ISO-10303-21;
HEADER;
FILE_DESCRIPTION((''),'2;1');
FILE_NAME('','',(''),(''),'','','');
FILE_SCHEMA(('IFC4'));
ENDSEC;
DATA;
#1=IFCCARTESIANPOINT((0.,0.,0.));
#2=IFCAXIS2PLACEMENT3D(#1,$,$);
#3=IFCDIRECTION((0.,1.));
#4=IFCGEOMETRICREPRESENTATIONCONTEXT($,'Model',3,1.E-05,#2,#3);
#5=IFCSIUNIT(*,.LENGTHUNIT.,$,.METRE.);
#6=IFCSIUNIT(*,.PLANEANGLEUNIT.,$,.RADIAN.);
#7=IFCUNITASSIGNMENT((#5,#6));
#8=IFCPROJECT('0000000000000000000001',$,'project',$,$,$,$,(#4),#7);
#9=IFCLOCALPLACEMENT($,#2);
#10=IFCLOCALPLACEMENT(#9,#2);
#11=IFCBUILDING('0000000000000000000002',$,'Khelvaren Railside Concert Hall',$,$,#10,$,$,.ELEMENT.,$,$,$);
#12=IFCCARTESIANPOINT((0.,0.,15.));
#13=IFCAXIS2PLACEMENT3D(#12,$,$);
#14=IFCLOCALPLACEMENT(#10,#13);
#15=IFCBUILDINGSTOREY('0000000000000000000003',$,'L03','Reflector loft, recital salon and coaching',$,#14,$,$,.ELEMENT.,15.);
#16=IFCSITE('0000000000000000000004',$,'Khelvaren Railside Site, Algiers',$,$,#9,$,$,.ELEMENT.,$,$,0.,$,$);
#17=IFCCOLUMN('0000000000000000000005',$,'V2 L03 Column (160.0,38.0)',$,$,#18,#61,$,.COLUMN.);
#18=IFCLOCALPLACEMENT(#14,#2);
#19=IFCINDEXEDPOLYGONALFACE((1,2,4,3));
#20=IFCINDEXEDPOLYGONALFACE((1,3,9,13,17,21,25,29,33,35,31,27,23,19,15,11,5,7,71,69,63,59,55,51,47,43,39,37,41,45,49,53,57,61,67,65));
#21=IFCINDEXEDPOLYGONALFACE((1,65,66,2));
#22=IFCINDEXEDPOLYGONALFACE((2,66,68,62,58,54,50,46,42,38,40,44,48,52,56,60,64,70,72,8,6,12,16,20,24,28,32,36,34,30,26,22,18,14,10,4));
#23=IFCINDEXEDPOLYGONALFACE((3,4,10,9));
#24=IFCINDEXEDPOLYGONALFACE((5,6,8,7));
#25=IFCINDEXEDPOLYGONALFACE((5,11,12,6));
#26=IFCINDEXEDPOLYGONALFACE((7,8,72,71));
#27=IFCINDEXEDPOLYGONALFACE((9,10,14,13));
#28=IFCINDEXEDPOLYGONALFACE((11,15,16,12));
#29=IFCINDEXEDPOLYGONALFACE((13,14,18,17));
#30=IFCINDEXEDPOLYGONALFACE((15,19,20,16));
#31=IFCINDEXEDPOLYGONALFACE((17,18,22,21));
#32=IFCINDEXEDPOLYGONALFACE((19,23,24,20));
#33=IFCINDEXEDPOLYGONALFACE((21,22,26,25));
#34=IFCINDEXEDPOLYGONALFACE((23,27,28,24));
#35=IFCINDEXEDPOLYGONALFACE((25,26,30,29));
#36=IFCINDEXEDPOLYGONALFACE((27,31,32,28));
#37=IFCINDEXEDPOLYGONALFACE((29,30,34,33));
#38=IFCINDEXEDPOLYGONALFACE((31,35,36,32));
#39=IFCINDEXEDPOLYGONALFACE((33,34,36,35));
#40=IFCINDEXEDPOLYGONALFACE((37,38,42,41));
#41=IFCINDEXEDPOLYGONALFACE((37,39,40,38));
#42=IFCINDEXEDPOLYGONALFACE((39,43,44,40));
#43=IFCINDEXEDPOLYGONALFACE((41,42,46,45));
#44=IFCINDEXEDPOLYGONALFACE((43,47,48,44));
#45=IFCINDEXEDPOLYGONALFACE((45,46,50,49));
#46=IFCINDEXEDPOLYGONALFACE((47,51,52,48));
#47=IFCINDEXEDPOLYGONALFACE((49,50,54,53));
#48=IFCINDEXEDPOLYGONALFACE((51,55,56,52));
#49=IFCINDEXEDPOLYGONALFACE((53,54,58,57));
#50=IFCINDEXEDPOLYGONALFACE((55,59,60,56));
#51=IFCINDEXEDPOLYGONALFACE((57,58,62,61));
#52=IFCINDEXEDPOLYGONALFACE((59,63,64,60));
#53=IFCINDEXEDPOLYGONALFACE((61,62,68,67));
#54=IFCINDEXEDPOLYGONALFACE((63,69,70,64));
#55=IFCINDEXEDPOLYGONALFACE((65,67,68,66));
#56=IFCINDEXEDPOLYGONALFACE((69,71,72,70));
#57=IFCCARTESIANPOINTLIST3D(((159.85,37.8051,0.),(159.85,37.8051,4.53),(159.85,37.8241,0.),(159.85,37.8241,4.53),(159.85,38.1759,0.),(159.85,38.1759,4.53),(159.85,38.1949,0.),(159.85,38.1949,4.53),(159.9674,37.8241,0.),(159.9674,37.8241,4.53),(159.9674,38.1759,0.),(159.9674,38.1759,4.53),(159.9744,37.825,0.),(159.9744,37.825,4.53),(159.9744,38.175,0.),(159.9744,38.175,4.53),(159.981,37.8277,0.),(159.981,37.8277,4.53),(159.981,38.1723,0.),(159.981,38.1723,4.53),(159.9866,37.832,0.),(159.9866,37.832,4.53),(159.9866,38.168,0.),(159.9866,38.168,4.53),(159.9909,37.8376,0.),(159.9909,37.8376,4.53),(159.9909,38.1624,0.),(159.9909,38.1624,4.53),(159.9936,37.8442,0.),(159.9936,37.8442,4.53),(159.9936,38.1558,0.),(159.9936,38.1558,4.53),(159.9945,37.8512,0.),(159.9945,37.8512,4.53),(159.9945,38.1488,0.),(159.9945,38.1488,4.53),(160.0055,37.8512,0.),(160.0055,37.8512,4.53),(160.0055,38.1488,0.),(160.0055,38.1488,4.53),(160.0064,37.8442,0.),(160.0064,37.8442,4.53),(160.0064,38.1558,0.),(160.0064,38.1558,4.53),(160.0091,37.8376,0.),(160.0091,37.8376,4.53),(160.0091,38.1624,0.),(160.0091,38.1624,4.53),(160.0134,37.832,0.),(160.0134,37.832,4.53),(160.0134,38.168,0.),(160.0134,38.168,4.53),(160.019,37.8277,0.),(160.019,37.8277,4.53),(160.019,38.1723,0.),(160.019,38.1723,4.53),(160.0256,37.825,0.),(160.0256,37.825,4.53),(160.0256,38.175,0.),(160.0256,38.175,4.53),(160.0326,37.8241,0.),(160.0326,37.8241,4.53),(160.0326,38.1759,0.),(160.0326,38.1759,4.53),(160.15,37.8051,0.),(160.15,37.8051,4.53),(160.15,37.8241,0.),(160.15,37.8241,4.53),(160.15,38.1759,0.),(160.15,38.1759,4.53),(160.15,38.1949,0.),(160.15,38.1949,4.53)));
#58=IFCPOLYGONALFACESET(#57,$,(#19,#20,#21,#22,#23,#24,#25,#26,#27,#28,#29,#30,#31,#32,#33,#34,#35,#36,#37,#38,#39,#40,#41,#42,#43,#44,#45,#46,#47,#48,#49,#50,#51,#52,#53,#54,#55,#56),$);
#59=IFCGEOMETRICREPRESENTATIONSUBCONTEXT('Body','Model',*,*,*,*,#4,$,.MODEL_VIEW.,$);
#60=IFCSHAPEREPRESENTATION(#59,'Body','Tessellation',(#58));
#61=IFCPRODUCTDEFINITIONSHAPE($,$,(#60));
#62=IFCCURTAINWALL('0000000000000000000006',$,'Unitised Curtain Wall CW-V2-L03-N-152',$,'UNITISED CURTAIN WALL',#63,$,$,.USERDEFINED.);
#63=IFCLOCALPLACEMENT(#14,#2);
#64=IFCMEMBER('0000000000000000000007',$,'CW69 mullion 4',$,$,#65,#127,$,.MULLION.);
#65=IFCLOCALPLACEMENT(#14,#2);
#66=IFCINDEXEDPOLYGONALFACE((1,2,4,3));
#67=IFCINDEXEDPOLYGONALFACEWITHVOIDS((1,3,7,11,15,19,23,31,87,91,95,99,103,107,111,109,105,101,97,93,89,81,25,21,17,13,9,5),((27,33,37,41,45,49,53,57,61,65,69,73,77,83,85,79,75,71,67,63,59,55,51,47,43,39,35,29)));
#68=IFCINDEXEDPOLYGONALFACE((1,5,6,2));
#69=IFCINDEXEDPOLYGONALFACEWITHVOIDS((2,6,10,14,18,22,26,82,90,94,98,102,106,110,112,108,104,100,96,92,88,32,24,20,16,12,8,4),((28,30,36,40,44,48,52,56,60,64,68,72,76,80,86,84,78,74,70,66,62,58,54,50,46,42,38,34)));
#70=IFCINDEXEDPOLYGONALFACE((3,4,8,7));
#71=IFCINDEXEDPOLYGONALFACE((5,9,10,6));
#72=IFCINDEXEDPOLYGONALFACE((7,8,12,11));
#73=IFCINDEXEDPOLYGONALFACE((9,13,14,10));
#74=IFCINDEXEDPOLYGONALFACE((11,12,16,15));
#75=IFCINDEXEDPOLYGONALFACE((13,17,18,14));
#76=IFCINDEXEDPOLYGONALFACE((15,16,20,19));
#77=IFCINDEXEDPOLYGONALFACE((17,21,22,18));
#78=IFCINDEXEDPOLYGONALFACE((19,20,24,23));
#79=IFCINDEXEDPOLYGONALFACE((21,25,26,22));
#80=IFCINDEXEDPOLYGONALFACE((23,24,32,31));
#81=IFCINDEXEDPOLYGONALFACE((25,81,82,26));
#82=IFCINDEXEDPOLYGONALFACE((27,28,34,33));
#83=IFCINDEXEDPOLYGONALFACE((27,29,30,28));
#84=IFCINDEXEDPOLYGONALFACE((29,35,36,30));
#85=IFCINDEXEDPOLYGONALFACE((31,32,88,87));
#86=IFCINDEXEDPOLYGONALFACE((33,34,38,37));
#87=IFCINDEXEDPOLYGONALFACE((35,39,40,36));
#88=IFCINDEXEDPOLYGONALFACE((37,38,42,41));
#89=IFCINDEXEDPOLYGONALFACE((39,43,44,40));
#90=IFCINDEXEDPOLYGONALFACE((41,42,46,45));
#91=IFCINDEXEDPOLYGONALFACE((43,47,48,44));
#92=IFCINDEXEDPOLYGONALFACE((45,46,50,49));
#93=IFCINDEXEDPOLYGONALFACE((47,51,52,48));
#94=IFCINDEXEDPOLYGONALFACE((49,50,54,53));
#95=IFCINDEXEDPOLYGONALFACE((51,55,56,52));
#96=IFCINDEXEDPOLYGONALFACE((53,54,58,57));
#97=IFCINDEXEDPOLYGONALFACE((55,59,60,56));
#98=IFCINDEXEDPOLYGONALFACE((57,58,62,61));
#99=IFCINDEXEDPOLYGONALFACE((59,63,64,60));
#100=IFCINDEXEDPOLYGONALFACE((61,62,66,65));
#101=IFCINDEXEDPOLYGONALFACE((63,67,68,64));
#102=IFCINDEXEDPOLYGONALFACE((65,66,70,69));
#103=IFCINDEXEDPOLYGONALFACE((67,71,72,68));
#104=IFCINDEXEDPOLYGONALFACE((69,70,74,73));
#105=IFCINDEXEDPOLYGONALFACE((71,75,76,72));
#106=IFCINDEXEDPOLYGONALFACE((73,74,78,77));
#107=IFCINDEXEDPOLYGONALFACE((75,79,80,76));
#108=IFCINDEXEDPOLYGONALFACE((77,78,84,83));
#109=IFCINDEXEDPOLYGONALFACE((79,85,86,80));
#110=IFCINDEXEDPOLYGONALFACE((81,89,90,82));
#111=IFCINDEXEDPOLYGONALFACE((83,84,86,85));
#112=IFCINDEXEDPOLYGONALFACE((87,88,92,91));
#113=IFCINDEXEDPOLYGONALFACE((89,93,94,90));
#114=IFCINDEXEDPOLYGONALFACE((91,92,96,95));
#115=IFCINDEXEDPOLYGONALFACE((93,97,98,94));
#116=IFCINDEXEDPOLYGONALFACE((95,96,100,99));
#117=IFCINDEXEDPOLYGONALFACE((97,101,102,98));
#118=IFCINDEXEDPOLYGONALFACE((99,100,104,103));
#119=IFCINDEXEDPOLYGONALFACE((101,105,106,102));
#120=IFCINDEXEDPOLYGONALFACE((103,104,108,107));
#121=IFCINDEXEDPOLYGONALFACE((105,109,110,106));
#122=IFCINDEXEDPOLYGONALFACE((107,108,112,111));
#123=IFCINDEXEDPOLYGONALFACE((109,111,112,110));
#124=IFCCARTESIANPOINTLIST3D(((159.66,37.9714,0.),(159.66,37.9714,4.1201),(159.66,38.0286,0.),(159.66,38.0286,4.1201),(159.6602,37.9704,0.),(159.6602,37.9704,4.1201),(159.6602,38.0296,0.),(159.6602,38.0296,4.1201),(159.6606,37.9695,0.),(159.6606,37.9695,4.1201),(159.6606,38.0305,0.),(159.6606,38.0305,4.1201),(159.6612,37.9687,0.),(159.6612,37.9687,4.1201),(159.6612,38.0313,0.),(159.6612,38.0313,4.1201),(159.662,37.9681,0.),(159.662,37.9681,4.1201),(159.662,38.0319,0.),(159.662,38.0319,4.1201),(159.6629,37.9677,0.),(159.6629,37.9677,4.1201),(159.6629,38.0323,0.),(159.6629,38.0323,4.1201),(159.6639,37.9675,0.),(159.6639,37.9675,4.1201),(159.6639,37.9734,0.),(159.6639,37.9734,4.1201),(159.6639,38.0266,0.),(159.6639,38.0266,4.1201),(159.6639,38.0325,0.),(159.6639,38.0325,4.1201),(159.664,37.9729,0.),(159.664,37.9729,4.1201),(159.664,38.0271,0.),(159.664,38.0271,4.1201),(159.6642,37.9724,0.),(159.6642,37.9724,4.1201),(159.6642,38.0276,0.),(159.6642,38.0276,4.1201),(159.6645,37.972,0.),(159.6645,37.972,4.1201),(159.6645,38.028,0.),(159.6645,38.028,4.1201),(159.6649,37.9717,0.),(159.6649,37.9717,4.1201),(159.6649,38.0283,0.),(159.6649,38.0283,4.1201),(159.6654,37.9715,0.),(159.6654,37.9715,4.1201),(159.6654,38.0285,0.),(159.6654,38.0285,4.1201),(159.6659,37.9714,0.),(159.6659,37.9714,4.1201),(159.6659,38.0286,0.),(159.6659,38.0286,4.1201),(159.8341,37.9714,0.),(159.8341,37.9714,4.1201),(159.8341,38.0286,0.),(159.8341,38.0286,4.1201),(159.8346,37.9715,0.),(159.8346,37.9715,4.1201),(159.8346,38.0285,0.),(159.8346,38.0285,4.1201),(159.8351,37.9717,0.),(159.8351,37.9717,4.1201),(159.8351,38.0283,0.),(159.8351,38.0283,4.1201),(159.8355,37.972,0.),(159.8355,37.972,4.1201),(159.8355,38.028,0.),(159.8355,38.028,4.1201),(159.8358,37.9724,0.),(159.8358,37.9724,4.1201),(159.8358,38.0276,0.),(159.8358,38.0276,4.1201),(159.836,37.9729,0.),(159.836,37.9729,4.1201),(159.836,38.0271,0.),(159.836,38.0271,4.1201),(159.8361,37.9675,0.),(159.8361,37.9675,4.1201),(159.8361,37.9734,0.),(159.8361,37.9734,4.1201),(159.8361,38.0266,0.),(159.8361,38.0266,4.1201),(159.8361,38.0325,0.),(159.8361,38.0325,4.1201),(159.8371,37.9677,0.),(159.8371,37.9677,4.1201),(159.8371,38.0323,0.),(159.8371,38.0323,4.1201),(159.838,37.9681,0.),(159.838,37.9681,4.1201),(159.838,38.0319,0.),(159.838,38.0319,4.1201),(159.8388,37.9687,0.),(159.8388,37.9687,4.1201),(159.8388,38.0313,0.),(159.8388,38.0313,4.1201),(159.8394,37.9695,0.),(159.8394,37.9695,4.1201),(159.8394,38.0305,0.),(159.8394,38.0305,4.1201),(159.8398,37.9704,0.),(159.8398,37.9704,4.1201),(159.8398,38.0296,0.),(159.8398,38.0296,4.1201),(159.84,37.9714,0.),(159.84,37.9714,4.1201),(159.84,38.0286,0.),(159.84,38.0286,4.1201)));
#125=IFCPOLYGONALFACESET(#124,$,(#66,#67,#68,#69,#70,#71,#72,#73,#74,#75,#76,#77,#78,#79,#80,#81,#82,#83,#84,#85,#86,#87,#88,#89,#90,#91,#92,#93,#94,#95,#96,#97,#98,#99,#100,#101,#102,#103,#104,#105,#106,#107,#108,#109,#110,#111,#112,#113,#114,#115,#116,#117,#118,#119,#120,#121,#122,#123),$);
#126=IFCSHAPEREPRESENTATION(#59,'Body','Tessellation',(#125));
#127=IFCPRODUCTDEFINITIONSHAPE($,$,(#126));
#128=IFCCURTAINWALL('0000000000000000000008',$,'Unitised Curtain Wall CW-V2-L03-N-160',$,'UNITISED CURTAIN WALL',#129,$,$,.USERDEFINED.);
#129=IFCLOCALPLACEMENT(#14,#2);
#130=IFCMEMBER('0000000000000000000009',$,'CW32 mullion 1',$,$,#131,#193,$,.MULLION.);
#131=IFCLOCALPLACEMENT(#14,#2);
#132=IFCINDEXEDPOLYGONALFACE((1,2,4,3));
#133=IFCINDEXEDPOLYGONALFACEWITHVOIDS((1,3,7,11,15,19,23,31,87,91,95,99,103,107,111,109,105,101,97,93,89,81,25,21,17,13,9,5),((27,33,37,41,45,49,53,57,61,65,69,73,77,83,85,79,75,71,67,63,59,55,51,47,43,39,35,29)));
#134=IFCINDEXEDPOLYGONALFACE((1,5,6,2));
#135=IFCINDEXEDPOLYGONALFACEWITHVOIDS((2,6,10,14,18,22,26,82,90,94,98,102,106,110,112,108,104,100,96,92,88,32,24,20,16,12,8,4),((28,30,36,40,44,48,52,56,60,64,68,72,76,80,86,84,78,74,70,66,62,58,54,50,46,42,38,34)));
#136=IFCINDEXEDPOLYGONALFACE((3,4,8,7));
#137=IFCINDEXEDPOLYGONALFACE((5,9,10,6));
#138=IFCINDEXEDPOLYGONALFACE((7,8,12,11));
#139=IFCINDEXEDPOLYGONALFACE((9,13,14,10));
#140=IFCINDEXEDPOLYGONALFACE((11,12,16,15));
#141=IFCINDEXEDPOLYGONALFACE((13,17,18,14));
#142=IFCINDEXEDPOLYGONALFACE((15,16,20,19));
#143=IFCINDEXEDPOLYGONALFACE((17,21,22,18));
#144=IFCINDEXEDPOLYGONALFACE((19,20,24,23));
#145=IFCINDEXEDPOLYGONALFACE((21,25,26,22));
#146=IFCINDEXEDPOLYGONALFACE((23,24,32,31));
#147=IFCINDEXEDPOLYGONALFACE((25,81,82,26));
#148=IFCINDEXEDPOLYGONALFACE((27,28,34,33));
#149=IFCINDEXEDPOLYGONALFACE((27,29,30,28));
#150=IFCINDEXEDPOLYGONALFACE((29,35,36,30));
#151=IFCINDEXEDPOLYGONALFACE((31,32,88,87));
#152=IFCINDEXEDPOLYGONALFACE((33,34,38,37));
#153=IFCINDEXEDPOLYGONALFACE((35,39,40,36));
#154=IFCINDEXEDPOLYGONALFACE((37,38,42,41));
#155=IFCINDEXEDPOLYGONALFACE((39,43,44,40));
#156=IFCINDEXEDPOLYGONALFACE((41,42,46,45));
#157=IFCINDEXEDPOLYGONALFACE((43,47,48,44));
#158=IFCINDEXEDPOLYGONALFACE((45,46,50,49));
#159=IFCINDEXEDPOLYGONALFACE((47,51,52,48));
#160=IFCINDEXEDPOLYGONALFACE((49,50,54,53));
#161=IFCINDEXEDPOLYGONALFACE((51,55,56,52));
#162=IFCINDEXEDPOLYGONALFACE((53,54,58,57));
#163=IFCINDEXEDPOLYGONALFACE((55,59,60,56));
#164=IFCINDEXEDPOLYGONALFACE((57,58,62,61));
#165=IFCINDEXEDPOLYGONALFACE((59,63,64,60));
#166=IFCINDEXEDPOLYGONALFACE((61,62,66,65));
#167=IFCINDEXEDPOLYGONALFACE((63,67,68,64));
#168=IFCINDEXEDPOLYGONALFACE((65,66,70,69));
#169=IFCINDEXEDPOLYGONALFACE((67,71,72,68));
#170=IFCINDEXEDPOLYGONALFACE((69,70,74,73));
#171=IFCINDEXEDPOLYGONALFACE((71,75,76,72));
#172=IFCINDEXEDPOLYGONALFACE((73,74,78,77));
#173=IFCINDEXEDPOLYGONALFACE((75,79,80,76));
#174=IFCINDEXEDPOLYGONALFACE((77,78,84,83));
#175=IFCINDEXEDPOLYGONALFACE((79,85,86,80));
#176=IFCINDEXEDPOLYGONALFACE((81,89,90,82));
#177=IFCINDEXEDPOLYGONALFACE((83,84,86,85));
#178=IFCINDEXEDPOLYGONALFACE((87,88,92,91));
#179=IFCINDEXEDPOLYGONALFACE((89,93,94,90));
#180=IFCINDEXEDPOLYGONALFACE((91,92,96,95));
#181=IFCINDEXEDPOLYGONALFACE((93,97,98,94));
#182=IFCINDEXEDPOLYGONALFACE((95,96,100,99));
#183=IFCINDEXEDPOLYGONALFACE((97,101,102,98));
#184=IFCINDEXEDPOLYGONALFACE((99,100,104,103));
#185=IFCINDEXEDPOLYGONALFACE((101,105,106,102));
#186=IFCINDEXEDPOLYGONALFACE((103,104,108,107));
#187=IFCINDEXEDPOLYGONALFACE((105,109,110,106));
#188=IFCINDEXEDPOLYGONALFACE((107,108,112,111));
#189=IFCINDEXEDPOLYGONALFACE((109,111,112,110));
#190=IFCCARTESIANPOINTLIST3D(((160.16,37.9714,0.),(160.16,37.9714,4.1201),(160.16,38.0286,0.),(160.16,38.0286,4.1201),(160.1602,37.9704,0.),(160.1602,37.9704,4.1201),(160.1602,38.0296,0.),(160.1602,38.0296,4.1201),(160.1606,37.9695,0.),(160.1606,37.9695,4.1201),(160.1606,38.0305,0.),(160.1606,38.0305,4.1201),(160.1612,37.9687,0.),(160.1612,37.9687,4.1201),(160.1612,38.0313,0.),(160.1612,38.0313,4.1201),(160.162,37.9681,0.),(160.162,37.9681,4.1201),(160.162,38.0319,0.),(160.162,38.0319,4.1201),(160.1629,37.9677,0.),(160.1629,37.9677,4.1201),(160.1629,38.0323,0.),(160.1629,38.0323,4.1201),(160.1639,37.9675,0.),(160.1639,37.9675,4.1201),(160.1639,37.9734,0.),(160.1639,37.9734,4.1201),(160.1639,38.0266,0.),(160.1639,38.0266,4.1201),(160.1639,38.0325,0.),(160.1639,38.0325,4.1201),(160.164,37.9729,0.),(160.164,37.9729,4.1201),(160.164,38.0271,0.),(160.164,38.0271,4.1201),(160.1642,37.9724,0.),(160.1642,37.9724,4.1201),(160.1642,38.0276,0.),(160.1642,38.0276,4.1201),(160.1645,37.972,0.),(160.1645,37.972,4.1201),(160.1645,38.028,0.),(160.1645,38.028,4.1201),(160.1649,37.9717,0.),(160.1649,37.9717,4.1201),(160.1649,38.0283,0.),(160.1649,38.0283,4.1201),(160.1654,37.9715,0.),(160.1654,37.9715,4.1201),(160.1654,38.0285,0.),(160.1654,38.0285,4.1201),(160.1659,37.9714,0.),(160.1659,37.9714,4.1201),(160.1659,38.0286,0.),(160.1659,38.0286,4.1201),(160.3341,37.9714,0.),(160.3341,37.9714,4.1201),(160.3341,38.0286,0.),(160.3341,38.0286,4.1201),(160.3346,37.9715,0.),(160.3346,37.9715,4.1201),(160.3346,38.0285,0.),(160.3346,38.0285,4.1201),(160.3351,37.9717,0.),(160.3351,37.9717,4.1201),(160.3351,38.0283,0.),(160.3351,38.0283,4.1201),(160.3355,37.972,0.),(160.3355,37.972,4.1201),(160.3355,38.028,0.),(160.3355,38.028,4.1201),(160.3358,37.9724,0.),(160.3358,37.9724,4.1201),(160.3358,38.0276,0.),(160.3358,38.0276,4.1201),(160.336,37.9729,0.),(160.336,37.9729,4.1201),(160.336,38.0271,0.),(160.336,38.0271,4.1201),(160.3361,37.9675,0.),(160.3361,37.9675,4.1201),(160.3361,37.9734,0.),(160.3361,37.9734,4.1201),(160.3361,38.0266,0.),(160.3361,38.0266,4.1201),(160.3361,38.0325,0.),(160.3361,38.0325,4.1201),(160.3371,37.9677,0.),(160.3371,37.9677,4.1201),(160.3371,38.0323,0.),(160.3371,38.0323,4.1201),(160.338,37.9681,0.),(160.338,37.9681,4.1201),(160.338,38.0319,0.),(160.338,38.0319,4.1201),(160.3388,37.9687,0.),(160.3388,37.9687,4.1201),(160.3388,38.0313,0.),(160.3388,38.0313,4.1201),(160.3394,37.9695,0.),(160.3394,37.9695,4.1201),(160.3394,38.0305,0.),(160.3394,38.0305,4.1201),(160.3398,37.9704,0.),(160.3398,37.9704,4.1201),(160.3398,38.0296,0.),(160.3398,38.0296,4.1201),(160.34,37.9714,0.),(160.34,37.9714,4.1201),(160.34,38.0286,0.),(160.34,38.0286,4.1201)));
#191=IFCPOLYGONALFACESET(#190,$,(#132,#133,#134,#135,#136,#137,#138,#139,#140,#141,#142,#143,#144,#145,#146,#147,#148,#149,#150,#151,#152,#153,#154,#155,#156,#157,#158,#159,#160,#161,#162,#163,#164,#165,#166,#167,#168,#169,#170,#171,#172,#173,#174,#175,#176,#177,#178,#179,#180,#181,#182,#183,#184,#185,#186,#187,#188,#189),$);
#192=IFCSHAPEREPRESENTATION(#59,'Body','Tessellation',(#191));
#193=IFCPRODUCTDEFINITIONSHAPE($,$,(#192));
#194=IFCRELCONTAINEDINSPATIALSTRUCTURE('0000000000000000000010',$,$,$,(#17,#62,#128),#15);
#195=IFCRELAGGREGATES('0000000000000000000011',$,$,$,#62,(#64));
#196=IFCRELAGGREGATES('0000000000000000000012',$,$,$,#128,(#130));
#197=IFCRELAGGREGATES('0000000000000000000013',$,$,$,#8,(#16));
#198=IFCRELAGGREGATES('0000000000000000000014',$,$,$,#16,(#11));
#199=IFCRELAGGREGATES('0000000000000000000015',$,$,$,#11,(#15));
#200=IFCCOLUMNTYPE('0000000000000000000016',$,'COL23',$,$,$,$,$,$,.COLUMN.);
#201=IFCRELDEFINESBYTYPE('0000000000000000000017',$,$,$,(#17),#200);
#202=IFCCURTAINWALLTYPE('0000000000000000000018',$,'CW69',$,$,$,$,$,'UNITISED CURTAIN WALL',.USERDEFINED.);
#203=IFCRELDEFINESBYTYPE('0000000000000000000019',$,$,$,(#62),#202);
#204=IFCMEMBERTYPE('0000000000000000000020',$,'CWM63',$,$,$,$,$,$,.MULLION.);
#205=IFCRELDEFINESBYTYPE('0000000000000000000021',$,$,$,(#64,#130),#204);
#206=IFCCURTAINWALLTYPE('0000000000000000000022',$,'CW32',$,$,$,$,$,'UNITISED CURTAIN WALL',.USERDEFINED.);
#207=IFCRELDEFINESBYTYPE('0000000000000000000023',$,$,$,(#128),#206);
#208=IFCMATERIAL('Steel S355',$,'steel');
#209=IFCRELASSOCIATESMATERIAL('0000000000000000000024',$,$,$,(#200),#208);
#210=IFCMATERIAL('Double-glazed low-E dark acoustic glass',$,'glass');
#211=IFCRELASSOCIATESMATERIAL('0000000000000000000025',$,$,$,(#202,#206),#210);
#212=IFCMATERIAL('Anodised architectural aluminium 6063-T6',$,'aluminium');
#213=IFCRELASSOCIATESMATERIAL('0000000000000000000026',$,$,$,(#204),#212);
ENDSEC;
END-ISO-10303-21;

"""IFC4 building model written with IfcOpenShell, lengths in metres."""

from ifc_helpers import new_model, si_unit, direction, frame, origin, origin_2d, place, context, subcontext, project, spatial, hollow_rectangle, i_section, extrude, material, material_profile, profile_set, type_object, element, aggregate, save


model = new_model("IFC4")

# Units and contexts
model_context = context("Model", 3, precision=1e-05, world=origin(), true_north=direction((0.0, 1.0)))
body_context = subcontext(model_context, "Body", "Model", "MODEL_VIEW")
ifc_project = project(units=[si_unit("LENGTHUNIT", "METRE"), si_unit("PLANEANGLEUNIT", "RADIAN")], contexts=[model_context])

# Site, building, storey
site_placement = place(None, origin())
site = spatial("IfcSite", under=ifc_project, at=site_placement, Name="Khelvaren Railside Site, Algiers", CompositionType="ELEMENT", RefElevation=0.0)
building_placement = place(site_placement, origin())
building = spatial("IfcBuilding", under=site, at=building_placement, Name="Khelvaren Railside Concert Hall", CompositionType="ELEMENT")
storey_placement = place(building_placement, frame((0.0, 0.0, 15.0)))
storey = spatial("IfcBuildingStorey", under=building, at=storey_placement, Name="L03", Description="Reflector loft, recital salon and coaching", CompositionType="ELEMENT", Elevation=15.0)

# Column
ifc_material_1 = material(Name="Steel S355", Category="steel")
ifc_material_profile_1 = material_profile(ifc_material_1, i_section(OverallWidth=0.3, OverallDepth=0.3899, WebThickness=0.011, FlangeThickness=0.019, FilletRadius=0.0271, at=origin_2d()), Name="HEA 400")
ifc_profile_set_1 = profile_set([ifc_material_profile_1], Name="Steel S355")
column_type = type_object("IfcColumnType", Name="COL23", PredefinedType="COLUMN", material=ifc_profile_set_1)
column_placement = place(storey_placement, frame((160.0, 38.0, 0.0), z_axis=(0.0, 0.0, 1.0), x_axis=(1.0, 0.0, 0.0)))
element("IfcColumn", 1, at=column_placement, inside=storey, type_object=column_type, Name="V2 L03 Column (160.0,38.0)", PredefinedType="COLUMN", context=body_context, shape_type="SweptSolid", body=[
    extrude(i_section(OverallWidth=0.3, OverallDepth=0.3899, WebThickness=0.011, FlangeThickness=0.019, FilletRadius=0.0271, at=origin_2d()), origin(), (0.0, 0.0, 1.0), 4.53),
])

# Curtain wall, member
ifc_material_2 = material(Name="Double-glazed low-E dark acoustic glass", Category="glass")
curtain_wall_type_1 = type_object("IfcCurtainWallType", Name="CW69", ElementType="UNITISED CURTAIN WALL", PredefinedType="USERDEFINED", material=ifc_material_2)
curtain_wall_1_placement = place(storey_placement, origin())
curtain_wall_1 = element("IfcCurtainWall", 2, at=curtain_wall_1_placement, inside=storey, type_object=curtain_wall_type_1, Name="Unitised Curtain Wall CW-V2-L03-N-152", ObjectType="UNITISED CURTAIN WALL", PredefinedType="USERDEFINED")
ifc_material_3 = material(Name="Anodised architectural aluminium 6063-T6", Category="aluminium")
ifc_material_profile_2 = material_profile(ifc_material_3, hollow_rectangle(XDim=0.0649, YDim=0.1799, WallThickness=0.0039, InnerFilletRadius=0.002, OuterFilletRadius=0.0039, at=origin_2d()), Name="CWM 65x180x4")
ifc_profile_set_2 = profile_set([ifc_material_profile_2], Name="Anodised architectural aluminium 6063-T6")
member_type_1 = type_object("IfcMemberType", Name="CWM63", PredefinedType="MULLION", material=ifc_profile_set_2)
member_1_placement = place(storey_placement, frame((159.75, 38.0, 0.0), z_axis=(0.0, 0.0, 1.0), x_axis=(0.0, 1.0, 0.0)))
member_1 = element("IfcMember", 3, at=member_1_placement, type_object=member_type_1, Name="CW69 mullion 4", PredefinedType="MULLION", context=body_context, shape_type="SweptSolid", body=[
    extrude(hollow_rectangle(XDim=0.0649, YDim=0.1799, WallThickness=0.0039, InnerFilletRadius=0.002, OuterFilletRadius=0.0039, at=origin_2d()), origin(), (0.0, 0.0, 1.0), 4.1201),
])

# Curtain wall, member
curtain_wall_type_2 = type_object("IfcCurtainWallType", Name="CW32", ElementType="UNITISED CURTAIN WALL", PredefinedType="USERDEFINED", material=ifc_material_2)
curtain_wall_2_placement = place(storey_placement, origin())
curtain_wall_2 = element("IfcCurtainWall", 4, at=curtain_wall_2_placement, inside=storey, type_object=curtain_wall_type_2, Name="Unitised Curtain Wall CW-V2-L03-N-160", ObjectType="UNITISED CURTAIN WALL", PredefinedType="USERDEFINED")
member_2_placement = place(storey_placement, frame((160.25, 38.0, 0.0), z_axis=(0.0, 0.0, 1.0), x_axis=(0.0, 1.0, 0.0)))
member_2 = element("IfcMember", 5, at=member_2_placement, type_object=member_type_1, Name="CW32 mullion 1", PredefinedType="MULLION", context=body_context, shape_type="SweptSolid", body=[
    extrude(hollow_rectangle(XDim=0.0649, YDim=0.1799, WallThickness=0.0039, InnerFilletRadius=0.002, OuterFilletRadius=0.0039, at=origin_2d()), origin(), (0.0, 0.0, 1.0), 4.1201),
])

aggregate(curtain_wall_1, [member_1])
aggregate(curtain_wall_2, [member_2])

save(model, "model.ifc")
